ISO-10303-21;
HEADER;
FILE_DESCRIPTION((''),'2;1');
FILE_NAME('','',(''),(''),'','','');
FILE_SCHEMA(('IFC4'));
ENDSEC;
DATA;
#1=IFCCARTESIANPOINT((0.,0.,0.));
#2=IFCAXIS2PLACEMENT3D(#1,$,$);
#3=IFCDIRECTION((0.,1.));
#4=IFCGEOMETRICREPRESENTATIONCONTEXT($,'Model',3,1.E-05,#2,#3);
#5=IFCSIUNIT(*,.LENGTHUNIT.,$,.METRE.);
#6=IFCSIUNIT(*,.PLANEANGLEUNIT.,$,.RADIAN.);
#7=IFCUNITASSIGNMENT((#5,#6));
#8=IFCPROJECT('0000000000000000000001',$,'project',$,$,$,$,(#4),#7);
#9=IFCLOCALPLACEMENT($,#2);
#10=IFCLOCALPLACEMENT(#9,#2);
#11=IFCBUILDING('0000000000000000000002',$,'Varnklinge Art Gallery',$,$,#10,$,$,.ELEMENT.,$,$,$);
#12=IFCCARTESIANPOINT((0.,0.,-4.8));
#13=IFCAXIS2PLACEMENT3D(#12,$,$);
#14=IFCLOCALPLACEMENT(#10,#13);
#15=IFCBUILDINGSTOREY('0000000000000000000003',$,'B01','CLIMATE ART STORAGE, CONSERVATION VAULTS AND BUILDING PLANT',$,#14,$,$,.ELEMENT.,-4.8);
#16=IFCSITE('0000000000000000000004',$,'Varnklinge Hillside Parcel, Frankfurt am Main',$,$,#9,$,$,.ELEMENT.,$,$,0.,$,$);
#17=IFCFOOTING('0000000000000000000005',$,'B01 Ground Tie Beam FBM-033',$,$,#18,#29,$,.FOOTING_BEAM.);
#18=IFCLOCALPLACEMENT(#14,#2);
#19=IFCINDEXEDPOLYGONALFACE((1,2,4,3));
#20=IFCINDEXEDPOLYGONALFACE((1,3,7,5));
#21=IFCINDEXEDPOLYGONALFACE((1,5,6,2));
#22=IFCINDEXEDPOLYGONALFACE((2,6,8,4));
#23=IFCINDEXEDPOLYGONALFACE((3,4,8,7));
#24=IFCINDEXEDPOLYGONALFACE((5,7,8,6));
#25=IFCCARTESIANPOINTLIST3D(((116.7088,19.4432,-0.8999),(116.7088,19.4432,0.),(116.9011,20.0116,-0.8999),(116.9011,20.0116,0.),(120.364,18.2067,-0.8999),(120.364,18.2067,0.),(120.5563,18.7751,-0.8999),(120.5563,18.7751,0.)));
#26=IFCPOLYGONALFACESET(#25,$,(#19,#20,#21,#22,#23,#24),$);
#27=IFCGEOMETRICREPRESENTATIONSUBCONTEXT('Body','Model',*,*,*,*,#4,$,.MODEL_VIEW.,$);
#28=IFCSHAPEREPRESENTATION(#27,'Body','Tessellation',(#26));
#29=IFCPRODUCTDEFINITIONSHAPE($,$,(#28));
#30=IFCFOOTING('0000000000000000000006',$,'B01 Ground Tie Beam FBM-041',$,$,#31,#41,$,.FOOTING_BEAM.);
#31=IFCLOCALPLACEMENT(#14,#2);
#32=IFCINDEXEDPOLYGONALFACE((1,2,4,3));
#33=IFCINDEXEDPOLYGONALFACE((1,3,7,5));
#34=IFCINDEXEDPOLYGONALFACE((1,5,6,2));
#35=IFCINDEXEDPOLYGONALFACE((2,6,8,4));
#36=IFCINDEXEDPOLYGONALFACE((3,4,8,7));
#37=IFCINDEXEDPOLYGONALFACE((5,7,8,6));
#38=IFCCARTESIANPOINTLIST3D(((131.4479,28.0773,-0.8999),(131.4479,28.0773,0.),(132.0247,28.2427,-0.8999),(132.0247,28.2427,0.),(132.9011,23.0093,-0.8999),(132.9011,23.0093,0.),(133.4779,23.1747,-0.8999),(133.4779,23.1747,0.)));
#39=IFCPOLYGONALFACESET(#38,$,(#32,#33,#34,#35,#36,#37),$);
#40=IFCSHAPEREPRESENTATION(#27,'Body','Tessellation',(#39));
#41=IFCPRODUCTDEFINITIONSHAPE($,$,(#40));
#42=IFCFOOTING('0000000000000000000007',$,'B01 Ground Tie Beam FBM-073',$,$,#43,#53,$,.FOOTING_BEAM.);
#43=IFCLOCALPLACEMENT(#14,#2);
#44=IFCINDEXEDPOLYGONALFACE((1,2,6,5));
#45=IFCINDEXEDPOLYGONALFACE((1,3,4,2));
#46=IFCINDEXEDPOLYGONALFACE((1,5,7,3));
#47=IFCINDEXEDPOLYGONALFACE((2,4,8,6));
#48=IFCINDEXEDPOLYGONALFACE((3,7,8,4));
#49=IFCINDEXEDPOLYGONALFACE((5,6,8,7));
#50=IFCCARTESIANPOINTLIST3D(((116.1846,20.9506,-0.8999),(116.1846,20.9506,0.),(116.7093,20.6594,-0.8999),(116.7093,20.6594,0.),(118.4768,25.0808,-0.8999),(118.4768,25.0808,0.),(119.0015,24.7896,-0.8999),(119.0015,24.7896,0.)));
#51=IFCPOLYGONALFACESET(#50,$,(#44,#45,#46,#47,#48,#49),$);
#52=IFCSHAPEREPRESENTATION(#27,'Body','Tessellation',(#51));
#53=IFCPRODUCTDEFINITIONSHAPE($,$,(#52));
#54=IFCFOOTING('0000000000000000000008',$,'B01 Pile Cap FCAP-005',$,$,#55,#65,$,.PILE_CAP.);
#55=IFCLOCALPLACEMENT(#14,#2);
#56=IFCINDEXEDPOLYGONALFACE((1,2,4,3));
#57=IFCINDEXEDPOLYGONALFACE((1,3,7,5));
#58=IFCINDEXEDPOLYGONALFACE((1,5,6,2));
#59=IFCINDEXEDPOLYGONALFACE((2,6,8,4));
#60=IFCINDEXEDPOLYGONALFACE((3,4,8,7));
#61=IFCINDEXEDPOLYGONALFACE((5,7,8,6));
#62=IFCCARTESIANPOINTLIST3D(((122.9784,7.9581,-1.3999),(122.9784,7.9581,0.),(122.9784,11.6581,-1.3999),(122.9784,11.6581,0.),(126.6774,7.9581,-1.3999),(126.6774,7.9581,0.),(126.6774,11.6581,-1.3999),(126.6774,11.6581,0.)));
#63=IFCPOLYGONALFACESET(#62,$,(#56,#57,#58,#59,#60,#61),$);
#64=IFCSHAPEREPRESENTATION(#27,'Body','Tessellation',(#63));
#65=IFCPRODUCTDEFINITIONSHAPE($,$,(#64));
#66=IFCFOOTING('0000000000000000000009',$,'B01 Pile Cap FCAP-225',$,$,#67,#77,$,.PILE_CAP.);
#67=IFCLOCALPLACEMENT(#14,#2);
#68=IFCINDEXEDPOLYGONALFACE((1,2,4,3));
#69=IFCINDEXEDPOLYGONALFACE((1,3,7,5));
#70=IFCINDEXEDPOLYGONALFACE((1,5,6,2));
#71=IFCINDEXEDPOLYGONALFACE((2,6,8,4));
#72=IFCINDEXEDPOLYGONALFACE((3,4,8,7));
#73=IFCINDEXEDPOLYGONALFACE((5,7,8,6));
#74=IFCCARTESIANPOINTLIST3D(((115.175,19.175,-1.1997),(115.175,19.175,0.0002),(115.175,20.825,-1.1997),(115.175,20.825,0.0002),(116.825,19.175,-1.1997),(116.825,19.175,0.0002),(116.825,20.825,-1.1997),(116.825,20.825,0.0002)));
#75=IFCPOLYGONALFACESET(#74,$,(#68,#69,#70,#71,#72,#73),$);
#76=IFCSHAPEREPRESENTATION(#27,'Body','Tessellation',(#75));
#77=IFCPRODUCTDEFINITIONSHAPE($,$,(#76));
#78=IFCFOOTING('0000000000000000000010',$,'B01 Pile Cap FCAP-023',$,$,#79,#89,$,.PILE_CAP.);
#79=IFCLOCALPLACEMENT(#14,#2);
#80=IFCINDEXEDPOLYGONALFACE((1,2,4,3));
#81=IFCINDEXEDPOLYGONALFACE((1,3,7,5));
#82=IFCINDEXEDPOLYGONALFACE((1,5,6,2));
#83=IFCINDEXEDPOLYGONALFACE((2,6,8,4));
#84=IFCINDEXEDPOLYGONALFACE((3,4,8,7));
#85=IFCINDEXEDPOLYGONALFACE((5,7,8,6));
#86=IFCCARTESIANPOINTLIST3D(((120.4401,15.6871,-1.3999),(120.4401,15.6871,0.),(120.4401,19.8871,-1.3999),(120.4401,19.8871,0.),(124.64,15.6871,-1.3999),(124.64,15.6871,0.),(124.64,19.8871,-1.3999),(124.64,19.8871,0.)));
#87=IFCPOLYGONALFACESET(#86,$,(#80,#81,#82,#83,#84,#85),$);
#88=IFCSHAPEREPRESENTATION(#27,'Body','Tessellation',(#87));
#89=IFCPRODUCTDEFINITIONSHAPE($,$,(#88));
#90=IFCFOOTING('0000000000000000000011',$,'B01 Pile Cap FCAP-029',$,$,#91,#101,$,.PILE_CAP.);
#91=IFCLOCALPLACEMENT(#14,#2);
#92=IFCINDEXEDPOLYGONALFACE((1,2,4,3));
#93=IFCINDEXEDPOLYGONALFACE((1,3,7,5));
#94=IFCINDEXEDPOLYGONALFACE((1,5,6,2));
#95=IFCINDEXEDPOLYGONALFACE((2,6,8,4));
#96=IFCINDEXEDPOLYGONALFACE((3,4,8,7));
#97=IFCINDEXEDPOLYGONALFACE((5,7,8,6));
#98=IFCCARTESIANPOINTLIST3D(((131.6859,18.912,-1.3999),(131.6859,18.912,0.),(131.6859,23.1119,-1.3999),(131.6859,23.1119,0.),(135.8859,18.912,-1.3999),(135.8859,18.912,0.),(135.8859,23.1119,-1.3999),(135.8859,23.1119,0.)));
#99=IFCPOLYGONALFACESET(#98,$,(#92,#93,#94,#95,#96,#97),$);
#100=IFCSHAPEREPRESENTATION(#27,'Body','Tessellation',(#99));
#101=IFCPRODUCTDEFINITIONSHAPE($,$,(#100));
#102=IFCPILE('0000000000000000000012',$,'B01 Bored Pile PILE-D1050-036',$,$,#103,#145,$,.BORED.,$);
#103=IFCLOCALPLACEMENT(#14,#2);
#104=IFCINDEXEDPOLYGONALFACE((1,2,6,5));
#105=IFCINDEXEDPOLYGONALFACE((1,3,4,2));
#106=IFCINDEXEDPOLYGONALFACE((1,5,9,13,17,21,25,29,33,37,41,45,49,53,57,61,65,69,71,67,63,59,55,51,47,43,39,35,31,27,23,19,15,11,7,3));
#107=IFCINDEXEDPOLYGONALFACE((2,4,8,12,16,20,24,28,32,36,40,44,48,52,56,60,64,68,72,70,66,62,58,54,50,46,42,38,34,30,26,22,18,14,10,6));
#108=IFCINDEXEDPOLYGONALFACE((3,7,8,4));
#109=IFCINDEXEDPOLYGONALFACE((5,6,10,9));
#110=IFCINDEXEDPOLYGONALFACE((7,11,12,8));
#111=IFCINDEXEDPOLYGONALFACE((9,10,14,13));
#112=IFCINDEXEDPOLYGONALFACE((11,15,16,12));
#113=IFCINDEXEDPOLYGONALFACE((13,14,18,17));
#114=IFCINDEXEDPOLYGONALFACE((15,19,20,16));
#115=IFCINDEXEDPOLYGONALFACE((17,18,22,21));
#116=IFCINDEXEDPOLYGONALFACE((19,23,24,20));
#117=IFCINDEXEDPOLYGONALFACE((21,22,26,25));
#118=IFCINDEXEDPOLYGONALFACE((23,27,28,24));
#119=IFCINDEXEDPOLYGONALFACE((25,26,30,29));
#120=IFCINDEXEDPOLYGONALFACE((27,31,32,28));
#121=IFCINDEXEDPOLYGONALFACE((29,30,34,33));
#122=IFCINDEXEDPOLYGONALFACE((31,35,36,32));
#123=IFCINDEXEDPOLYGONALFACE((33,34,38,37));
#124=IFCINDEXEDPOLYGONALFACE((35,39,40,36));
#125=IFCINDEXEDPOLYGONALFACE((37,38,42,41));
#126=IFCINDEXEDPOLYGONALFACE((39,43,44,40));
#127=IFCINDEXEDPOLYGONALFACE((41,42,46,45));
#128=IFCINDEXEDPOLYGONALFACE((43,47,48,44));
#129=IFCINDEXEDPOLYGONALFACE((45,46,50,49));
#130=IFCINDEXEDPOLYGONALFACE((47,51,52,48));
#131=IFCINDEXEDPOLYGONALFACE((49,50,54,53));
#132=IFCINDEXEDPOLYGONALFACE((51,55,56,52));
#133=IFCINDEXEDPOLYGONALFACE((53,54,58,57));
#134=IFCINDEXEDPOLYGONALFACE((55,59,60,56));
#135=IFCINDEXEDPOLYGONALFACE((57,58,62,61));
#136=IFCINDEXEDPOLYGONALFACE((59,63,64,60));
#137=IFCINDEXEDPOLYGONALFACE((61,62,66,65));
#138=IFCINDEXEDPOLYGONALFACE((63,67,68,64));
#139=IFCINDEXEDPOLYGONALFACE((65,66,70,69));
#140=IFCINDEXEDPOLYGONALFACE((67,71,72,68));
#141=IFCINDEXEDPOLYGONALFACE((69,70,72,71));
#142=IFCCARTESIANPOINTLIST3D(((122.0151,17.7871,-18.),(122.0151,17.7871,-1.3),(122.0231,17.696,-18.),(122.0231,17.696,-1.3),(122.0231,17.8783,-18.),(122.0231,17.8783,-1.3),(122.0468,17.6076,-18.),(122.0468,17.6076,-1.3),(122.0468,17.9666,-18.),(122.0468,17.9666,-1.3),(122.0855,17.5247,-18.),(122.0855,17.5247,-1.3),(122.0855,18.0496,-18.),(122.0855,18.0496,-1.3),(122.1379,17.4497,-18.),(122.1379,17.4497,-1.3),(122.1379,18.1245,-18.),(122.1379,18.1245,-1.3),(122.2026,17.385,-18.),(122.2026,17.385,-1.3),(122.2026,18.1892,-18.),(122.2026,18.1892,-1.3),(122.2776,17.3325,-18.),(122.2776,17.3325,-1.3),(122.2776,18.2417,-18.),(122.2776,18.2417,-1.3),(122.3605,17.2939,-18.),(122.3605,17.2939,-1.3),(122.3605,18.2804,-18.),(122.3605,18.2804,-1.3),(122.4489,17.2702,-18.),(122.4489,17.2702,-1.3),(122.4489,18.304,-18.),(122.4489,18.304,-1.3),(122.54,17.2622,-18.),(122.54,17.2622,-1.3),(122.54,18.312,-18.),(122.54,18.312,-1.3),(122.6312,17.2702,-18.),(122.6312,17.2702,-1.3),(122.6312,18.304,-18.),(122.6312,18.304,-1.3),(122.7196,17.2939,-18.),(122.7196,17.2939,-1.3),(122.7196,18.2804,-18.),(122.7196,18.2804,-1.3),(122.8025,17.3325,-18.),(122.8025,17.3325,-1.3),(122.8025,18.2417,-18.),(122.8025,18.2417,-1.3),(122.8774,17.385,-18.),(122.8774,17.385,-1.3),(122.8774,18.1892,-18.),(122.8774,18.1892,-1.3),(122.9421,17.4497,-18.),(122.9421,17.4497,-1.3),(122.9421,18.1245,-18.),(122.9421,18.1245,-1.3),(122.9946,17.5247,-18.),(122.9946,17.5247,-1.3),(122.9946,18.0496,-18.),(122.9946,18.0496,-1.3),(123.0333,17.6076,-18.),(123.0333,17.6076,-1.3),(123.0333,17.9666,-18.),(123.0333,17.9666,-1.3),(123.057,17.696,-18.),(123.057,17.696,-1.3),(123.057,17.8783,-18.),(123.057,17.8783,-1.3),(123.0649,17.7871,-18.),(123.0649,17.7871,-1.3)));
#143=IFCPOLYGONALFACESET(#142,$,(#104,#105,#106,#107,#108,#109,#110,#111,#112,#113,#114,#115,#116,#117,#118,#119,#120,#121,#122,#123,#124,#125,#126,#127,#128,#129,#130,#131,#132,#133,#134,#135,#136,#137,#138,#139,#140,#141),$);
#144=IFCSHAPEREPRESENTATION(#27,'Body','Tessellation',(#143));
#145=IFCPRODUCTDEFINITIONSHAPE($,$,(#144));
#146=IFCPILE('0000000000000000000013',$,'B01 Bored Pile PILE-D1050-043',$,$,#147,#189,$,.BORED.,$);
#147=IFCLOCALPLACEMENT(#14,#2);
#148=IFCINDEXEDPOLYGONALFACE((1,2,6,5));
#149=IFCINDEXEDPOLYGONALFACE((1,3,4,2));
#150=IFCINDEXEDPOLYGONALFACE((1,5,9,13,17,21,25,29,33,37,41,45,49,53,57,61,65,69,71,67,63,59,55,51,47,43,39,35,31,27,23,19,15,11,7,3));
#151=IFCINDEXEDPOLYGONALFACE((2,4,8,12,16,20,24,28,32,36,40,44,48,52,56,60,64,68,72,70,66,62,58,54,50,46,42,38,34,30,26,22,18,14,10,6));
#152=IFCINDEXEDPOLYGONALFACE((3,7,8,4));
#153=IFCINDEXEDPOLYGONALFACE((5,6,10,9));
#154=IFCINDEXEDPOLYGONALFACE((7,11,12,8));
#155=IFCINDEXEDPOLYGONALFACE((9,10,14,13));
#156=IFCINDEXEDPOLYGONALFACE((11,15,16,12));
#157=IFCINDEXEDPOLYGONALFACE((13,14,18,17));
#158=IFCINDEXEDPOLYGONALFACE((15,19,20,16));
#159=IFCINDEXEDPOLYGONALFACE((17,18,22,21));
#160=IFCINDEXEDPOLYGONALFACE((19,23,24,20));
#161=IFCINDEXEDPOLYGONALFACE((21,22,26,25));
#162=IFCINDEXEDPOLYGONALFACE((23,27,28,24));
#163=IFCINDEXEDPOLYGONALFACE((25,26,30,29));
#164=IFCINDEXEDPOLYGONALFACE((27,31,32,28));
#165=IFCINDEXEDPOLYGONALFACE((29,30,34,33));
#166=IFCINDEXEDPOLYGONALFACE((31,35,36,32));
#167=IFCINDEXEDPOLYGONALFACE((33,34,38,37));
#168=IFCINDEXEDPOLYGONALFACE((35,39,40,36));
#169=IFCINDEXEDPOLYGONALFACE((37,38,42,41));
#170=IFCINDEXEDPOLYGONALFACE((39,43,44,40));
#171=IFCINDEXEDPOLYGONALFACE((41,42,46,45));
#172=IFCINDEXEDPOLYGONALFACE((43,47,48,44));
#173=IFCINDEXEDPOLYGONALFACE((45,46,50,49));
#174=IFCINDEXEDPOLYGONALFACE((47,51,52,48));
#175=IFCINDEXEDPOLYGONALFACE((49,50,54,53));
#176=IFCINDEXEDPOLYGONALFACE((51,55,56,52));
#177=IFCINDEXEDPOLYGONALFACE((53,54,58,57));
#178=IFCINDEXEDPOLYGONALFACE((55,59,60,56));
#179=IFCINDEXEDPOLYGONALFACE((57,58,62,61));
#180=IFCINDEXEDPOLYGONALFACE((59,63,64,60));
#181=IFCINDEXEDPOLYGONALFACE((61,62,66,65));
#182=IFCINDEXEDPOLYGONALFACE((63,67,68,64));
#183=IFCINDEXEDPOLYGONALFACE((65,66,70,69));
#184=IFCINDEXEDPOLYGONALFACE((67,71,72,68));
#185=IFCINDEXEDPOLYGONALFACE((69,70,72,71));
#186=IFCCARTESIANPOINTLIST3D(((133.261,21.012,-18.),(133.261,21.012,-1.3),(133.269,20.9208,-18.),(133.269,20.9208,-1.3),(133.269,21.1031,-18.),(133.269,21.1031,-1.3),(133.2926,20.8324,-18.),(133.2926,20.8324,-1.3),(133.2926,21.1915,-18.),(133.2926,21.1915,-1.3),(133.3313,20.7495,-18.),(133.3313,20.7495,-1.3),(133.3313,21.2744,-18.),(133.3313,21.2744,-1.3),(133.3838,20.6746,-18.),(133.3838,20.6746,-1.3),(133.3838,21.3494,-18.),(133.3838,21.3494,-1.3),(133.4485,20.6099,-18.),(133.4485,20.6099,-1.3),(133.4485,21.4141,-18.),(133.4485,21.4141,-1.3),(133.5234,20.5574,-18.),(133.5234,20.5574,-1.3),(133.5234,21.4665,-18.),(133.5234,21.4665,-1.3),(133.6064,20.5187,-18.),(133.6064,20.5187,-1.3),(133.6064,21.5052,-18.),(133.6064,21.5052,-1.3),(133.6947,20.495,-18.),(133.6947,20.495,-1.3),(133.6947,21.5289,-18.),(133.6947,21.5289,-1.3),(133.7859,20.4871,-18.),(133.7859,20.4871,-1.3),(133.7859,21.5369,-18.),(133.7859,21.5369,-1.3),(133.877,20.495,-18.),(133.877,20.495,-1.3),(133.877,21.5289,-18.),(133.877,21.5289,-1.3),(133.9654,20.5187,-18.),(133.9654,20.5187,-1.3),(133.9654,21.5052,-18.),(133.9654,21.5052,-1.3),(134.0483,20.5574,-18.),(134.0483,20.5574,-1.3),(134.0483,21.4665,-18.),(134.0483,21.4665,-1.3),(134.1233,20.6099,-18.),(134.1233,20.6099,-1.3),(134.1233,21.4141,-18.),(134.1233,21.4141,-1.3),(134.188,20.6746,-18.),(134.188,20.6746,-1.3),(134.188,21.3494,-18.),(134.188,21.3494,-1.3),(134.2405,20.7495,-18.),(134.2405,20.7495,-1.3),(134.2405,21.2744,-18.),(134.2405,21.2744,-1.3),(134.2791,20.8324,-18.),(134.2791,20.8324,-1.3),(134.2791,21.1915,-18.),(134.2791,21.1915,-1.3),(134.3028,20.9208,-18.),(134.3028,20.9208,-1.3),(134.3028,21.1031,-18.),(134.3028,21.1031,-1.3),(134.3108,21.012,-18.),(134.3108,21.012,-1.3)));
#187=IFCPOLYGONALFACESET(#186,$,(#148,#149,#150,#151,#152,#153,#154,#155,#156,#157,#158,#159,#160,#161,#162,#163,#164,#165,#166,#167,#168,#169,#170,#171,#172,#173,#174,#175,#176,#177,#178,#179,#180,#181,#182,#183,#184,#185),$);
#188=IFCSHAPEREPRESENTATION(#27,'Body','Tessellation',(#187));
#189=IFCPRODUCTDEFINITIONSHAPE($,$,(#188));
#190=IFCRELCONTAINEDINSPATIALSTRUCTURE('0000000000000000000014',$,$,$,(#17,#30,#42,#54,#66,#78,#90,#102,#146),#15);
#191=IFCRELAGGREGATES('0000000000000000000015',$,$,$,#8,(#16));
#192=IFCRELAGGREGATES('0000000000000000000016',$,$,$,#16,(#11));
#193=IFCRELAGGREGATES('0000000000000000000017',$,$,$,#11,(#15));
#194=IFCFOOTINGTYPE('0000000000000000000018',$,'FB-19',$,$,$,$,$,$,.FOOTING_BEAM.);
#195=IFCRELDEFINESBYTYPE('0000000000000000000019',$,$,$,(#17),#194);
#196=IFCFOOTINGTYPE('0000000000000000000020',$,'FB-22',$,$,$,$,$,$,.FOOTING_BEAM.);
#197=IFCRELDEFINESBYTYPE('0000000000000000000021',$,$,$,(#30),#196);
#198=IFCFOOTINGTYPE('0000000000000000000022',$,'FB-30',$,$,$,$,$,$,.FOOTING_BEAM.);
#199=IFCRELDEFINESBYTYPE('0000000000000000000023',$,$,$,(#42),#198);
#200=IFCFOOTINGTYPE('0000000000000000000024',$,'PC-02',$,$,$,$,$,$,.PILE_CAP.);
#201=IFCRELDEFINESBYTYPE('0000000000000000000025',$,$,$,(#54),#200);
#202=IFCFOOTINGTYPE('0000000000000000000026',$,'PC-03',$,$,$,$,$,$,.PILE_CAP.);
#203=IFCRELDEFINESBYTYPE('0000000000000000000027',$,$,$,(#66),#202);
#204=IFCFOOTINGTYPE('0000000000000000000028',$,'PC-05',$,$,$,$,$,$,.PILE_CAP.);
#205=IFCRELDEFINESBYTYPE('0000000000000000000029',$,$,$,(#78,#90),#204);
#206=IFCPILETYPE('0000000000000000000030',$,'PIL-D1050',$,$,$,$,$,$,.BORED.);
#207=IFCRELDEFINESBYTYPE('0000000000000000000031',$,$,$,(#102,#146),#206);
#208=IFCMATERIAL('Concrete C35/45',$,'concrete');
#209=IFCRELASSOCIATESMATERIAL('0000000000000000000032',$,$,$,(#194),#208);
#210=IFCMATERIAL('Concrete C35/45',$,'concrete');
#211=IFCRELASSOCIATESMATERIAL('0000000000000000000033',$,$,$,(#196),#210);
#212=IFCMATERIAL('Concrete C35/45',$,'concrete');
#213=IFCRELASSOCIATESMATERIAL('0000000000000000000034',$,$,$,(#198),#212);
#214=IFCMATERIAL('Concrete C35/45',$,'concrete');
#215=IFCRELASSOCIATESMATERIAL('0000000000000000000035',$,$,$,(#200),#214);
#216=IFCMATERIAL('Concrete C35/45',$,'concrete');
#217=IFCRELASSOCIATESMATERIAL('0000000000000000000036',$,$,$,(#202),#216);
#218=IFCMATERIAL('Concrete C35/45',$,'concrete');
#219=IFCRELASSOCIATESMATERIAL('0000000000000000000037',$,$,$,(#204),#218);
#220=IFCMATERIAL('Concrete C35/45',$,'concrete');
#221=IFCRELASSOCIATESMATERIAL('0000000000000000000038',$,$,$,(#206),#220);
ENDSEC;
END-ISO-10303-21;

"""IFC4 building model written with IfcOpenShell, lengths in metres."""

from ifc_helpers import new_model, si_unit, direction, frame, origin, origin_2d, place, context, subcontext, project, spatial, rectangle, circle, extrude, material, material_profile, profile_set, type_object, element, save


model = new_model("IFC4")

# Units and contexts
model_context = context("Model", 3, precision=1e-05, world=origin(), true_north=direction((0.0, 1.0)))
body_context = subcontext(model_context, "Body", "Model", "MODEL_VIEW")
ifc_project = project(units=[si_unit("LENGTHUNIT", "METRE"), si_unit("PLANEANGLEUNIT", "RADIAN")], contexts=[model_context])

# Site, building, storey
site_placement = place(None, origin())
site = spatial("IfcSite", under=ifc_project, at=site_placement, Name="Varnklinge Hillside Parcel, Frankfurt am Main", CompositionType="ELEMENT", RefElevation=0.0)
building_placement = place(site_placement, origin())
building = spatial("IfcBuilding", under=site, at=building_placement, Name="Varnklinge Art Gallery", CompositionType="ELEMENT")
storey_placement = place(building_placement, frame((0.0, 0.0, -4.8)))
storey = spatial("IfcBuildingStorey", under=building, at=storey_placement, Name="B01", Description="CLIMATE ART STORAGE, CONSERVATION VAULTS AND BUILDING PLANT", CompositionType="ELEMENT", Elevation=-4.8)

# Footings
ifc_material_1 = material(Name="Concrete C35/45", Category="concrete")
footing_type_1 = type_object("IfcFootingType", Name="FB-19", PredefinedType="FOOTING_BEAM", material=ifc_material_1)
footing_1_placement = place(storey_placement, frame((118.6326, 19.1091, -0.8999), z_axis=(0.0, 0.0, 1.0), x_axis=(-0.947266, 0.320448, 0.0)))
element("IfcFooting", 1, at=footing_1_placement, inside=storey, type_object=footing_type_1, Name="B01 Ground Tie Beam FBM-033", PredefinedType="FOOTING_BEAM", context=body_context, shape_type="SweptSolid", body=[
    extrude(rectangle(XDim=3.8586, YDim=0.6001, at=origin_2d()), origin(), (0.0, 0.0, 1.0), 0.8999),
])
ifc_material_2 = material(Name="Concrete C35/45", Category="concrete")
footing_type_2 = type_object("IfcFootingType", Name="FB-22", PredefinedType="FOOTING_BEAM", material=ifc_material_2)
footing_2_placement = place(storey_placement, frame((132.4629, 25.626, -0.8999), z_axis=(0.0, 0.0, 1.0), x_axis=(-0.275637, 0.961262, 0.0)))
element("IfcFooting", 2, at=footing_2_placement, inside=storey, type_object=footing_type_2, Name="B01 Ground Tie Beam FBM-041", PredefinedType="FOOTING_BEAM", context=body_context, shape_type="SweptSolid", body=[
    extrude(rectangle(XDim=5.2722, YDim=0.6001, at=origin_2d()), origin(), (0.0, 0.0, 1.0), 0.8999),
])
ifc_material_3 = material(Name="Concrete C35/45", Category="concrete")
footing_type_3 = type_object("IfcFootingType", Name="FB-30", PredefinedType="FOOTING_BEAM", material=ifc_material_3)
footing_3_placement = place(storey_placement, frame((117.593, 22.8701, -0.8999), z_axis=(0.0, 0.0, 1.0), x_axis=(-0.485268, -0.874366, 0.0)))
element("IfcFooting", 3, at=footing_3_placement, inside=storey, type_object=footing_type_3, Name="B01 Ground Tie Beam FBM-073", PredefinedType="FOOTING_BEAM", context=body_context, shape_type="SweptSolid", body=[
    extrude(rectangle(XDim=4.7236, YDim=0.6001, at=origin_2d()), origin(), (0.0, 0.0, 1.0), 0.8999),
])
ifc_material_4 = material(Name="Concrete C35/45", Category="concrete")
footing_type_4 = type_object("IfcFootingType", Name="PC-02", PredefinedType="PILE_CAP", material=ifc_material_4)
footing_4_placement = place(storey_placement, frame((124.8279, 9.8081, -1.3999), z_axis=(0.0, 0.0, 1.0), x_axis=(1.0, 0.0, 0.0)))
element("IfcFooting", 4, at=footing_4_placement, inside=storey, type_object=footing_type_4, Name="B01 Pile Cap FCAP-005", PredefinedType="PILE_CAP", context=body_context, shape_type="SweptSolid", body=[
    extrude(rectangle(XDim=3.699, YDim=3.7, at=origin_2d()), origin(), (0.0, 0.0, 1.0), 1.3999),
])
ifc_material_5 = material(Name="Concrete C35/45", Category="concrete")
footing_type_5 = type_object("IfcFootingType", Name="PC-03", PredefinedType="PILE_CAP", material=ifc_material_5)
footing_5_placement = place(storey_placement, frame((116.0, 20.0, -1.1997), z_axis=(0.0, 0.0, 1.0), x_axis=(1.0, 0.0, 0.0)))
element("IfcFooting", 5, at=footing_5_placement, inside=storey, type_object=footing_type_5, Name="B01 Pile Cap FCAP-225", PredefinedType="PILE_CAP", context=body_context, shape_type="SweptSolid", body=[
    extrude(rectangle(XDim=1.6499, YDim=1.6499, at=origin_2d()), origin(), (0.0, 0.0, 1.0), 1.2),
])
ifc_material_6 = material(Name="Concrete C35/45", Category="concrete")
footing_type_6 = type_object("IfcFootingType", Name="PC-05", PredefinedType="PILE_CAP", material=ifc_material_6)
for number, where, z_axis, x_axis, name in (
    (6, (122.54, 17.7871, -1.3999), (0.0, 0.0, 1.0), (1.0, 0.0, 0.0), "B01 Pile Cap FCAP-023"),
    (7, (133.7859, 21.012, -1.3999), (0.0, 0.0, 1.0), (1.0, 0.0, 0.0), "B01 Pile Cap FCAP-029"),
):
    element("IfcFooting", number, at=place(storey_placement, frame(where, z_axis=z_axis, x_axis=x_axis)), inside=storey, type_object=footing_type_6, Name=name, PredefinedType="PILE_CAP", context=body_context, shape_type="SweptSolid", body=[
        extrude(rectangle(XDim=4.2, YDim=4.2, at=origin_2d()), origin(), (0.0, 0.0, 1.0), 1.3999),
    ])

# Piles
ifc_material_7 = material(Name="Concrete C35/45", Category="concrete")
ifc_material_profile_1 = material_profile(ifc_material_7, circle(Radius=0.5249, at=origin_2d()), Name="PILE D1050")
ifc_profile_set_1 = profile_set([ifc_material_profile_1], Name="Concrete C35/45")
pile_type_1 = type_object("IfcPileType", Name="PIL-D1050", PredefinedType="BORED", material=ifc_profile_set_1)
for number, where, z_axis, x_axis, name in (
    (8, (122.54, 17.7871, -1.3), (0.0, 0.0, -1.0), (1.0, 0.0, 0.0), "B01 Bored Pile PILE-D1050-036"),
    (9, (133.7859, 21.012, -1.3), (0.0, 0.0, -1.0), (1.0, 0.0, 0.0), "B01 Bored Pile PILE-D1050-043"),
):
    element("IfcPile", number, at=place(storey_placement, frame(where, z_axis=z_axis, x_axis=x_axis)), inside=storey, type_object=pile_type_1, Name=name, PredefinedType="BORED", context=body_context, shape_type="SweptSolid", body=[
        extrude(circle(Radius=0.5249, at=origin_2d()), origin(), (0.0, 0.0, 1.0), 16.7),
    ])

save(model, "model.ifc")
